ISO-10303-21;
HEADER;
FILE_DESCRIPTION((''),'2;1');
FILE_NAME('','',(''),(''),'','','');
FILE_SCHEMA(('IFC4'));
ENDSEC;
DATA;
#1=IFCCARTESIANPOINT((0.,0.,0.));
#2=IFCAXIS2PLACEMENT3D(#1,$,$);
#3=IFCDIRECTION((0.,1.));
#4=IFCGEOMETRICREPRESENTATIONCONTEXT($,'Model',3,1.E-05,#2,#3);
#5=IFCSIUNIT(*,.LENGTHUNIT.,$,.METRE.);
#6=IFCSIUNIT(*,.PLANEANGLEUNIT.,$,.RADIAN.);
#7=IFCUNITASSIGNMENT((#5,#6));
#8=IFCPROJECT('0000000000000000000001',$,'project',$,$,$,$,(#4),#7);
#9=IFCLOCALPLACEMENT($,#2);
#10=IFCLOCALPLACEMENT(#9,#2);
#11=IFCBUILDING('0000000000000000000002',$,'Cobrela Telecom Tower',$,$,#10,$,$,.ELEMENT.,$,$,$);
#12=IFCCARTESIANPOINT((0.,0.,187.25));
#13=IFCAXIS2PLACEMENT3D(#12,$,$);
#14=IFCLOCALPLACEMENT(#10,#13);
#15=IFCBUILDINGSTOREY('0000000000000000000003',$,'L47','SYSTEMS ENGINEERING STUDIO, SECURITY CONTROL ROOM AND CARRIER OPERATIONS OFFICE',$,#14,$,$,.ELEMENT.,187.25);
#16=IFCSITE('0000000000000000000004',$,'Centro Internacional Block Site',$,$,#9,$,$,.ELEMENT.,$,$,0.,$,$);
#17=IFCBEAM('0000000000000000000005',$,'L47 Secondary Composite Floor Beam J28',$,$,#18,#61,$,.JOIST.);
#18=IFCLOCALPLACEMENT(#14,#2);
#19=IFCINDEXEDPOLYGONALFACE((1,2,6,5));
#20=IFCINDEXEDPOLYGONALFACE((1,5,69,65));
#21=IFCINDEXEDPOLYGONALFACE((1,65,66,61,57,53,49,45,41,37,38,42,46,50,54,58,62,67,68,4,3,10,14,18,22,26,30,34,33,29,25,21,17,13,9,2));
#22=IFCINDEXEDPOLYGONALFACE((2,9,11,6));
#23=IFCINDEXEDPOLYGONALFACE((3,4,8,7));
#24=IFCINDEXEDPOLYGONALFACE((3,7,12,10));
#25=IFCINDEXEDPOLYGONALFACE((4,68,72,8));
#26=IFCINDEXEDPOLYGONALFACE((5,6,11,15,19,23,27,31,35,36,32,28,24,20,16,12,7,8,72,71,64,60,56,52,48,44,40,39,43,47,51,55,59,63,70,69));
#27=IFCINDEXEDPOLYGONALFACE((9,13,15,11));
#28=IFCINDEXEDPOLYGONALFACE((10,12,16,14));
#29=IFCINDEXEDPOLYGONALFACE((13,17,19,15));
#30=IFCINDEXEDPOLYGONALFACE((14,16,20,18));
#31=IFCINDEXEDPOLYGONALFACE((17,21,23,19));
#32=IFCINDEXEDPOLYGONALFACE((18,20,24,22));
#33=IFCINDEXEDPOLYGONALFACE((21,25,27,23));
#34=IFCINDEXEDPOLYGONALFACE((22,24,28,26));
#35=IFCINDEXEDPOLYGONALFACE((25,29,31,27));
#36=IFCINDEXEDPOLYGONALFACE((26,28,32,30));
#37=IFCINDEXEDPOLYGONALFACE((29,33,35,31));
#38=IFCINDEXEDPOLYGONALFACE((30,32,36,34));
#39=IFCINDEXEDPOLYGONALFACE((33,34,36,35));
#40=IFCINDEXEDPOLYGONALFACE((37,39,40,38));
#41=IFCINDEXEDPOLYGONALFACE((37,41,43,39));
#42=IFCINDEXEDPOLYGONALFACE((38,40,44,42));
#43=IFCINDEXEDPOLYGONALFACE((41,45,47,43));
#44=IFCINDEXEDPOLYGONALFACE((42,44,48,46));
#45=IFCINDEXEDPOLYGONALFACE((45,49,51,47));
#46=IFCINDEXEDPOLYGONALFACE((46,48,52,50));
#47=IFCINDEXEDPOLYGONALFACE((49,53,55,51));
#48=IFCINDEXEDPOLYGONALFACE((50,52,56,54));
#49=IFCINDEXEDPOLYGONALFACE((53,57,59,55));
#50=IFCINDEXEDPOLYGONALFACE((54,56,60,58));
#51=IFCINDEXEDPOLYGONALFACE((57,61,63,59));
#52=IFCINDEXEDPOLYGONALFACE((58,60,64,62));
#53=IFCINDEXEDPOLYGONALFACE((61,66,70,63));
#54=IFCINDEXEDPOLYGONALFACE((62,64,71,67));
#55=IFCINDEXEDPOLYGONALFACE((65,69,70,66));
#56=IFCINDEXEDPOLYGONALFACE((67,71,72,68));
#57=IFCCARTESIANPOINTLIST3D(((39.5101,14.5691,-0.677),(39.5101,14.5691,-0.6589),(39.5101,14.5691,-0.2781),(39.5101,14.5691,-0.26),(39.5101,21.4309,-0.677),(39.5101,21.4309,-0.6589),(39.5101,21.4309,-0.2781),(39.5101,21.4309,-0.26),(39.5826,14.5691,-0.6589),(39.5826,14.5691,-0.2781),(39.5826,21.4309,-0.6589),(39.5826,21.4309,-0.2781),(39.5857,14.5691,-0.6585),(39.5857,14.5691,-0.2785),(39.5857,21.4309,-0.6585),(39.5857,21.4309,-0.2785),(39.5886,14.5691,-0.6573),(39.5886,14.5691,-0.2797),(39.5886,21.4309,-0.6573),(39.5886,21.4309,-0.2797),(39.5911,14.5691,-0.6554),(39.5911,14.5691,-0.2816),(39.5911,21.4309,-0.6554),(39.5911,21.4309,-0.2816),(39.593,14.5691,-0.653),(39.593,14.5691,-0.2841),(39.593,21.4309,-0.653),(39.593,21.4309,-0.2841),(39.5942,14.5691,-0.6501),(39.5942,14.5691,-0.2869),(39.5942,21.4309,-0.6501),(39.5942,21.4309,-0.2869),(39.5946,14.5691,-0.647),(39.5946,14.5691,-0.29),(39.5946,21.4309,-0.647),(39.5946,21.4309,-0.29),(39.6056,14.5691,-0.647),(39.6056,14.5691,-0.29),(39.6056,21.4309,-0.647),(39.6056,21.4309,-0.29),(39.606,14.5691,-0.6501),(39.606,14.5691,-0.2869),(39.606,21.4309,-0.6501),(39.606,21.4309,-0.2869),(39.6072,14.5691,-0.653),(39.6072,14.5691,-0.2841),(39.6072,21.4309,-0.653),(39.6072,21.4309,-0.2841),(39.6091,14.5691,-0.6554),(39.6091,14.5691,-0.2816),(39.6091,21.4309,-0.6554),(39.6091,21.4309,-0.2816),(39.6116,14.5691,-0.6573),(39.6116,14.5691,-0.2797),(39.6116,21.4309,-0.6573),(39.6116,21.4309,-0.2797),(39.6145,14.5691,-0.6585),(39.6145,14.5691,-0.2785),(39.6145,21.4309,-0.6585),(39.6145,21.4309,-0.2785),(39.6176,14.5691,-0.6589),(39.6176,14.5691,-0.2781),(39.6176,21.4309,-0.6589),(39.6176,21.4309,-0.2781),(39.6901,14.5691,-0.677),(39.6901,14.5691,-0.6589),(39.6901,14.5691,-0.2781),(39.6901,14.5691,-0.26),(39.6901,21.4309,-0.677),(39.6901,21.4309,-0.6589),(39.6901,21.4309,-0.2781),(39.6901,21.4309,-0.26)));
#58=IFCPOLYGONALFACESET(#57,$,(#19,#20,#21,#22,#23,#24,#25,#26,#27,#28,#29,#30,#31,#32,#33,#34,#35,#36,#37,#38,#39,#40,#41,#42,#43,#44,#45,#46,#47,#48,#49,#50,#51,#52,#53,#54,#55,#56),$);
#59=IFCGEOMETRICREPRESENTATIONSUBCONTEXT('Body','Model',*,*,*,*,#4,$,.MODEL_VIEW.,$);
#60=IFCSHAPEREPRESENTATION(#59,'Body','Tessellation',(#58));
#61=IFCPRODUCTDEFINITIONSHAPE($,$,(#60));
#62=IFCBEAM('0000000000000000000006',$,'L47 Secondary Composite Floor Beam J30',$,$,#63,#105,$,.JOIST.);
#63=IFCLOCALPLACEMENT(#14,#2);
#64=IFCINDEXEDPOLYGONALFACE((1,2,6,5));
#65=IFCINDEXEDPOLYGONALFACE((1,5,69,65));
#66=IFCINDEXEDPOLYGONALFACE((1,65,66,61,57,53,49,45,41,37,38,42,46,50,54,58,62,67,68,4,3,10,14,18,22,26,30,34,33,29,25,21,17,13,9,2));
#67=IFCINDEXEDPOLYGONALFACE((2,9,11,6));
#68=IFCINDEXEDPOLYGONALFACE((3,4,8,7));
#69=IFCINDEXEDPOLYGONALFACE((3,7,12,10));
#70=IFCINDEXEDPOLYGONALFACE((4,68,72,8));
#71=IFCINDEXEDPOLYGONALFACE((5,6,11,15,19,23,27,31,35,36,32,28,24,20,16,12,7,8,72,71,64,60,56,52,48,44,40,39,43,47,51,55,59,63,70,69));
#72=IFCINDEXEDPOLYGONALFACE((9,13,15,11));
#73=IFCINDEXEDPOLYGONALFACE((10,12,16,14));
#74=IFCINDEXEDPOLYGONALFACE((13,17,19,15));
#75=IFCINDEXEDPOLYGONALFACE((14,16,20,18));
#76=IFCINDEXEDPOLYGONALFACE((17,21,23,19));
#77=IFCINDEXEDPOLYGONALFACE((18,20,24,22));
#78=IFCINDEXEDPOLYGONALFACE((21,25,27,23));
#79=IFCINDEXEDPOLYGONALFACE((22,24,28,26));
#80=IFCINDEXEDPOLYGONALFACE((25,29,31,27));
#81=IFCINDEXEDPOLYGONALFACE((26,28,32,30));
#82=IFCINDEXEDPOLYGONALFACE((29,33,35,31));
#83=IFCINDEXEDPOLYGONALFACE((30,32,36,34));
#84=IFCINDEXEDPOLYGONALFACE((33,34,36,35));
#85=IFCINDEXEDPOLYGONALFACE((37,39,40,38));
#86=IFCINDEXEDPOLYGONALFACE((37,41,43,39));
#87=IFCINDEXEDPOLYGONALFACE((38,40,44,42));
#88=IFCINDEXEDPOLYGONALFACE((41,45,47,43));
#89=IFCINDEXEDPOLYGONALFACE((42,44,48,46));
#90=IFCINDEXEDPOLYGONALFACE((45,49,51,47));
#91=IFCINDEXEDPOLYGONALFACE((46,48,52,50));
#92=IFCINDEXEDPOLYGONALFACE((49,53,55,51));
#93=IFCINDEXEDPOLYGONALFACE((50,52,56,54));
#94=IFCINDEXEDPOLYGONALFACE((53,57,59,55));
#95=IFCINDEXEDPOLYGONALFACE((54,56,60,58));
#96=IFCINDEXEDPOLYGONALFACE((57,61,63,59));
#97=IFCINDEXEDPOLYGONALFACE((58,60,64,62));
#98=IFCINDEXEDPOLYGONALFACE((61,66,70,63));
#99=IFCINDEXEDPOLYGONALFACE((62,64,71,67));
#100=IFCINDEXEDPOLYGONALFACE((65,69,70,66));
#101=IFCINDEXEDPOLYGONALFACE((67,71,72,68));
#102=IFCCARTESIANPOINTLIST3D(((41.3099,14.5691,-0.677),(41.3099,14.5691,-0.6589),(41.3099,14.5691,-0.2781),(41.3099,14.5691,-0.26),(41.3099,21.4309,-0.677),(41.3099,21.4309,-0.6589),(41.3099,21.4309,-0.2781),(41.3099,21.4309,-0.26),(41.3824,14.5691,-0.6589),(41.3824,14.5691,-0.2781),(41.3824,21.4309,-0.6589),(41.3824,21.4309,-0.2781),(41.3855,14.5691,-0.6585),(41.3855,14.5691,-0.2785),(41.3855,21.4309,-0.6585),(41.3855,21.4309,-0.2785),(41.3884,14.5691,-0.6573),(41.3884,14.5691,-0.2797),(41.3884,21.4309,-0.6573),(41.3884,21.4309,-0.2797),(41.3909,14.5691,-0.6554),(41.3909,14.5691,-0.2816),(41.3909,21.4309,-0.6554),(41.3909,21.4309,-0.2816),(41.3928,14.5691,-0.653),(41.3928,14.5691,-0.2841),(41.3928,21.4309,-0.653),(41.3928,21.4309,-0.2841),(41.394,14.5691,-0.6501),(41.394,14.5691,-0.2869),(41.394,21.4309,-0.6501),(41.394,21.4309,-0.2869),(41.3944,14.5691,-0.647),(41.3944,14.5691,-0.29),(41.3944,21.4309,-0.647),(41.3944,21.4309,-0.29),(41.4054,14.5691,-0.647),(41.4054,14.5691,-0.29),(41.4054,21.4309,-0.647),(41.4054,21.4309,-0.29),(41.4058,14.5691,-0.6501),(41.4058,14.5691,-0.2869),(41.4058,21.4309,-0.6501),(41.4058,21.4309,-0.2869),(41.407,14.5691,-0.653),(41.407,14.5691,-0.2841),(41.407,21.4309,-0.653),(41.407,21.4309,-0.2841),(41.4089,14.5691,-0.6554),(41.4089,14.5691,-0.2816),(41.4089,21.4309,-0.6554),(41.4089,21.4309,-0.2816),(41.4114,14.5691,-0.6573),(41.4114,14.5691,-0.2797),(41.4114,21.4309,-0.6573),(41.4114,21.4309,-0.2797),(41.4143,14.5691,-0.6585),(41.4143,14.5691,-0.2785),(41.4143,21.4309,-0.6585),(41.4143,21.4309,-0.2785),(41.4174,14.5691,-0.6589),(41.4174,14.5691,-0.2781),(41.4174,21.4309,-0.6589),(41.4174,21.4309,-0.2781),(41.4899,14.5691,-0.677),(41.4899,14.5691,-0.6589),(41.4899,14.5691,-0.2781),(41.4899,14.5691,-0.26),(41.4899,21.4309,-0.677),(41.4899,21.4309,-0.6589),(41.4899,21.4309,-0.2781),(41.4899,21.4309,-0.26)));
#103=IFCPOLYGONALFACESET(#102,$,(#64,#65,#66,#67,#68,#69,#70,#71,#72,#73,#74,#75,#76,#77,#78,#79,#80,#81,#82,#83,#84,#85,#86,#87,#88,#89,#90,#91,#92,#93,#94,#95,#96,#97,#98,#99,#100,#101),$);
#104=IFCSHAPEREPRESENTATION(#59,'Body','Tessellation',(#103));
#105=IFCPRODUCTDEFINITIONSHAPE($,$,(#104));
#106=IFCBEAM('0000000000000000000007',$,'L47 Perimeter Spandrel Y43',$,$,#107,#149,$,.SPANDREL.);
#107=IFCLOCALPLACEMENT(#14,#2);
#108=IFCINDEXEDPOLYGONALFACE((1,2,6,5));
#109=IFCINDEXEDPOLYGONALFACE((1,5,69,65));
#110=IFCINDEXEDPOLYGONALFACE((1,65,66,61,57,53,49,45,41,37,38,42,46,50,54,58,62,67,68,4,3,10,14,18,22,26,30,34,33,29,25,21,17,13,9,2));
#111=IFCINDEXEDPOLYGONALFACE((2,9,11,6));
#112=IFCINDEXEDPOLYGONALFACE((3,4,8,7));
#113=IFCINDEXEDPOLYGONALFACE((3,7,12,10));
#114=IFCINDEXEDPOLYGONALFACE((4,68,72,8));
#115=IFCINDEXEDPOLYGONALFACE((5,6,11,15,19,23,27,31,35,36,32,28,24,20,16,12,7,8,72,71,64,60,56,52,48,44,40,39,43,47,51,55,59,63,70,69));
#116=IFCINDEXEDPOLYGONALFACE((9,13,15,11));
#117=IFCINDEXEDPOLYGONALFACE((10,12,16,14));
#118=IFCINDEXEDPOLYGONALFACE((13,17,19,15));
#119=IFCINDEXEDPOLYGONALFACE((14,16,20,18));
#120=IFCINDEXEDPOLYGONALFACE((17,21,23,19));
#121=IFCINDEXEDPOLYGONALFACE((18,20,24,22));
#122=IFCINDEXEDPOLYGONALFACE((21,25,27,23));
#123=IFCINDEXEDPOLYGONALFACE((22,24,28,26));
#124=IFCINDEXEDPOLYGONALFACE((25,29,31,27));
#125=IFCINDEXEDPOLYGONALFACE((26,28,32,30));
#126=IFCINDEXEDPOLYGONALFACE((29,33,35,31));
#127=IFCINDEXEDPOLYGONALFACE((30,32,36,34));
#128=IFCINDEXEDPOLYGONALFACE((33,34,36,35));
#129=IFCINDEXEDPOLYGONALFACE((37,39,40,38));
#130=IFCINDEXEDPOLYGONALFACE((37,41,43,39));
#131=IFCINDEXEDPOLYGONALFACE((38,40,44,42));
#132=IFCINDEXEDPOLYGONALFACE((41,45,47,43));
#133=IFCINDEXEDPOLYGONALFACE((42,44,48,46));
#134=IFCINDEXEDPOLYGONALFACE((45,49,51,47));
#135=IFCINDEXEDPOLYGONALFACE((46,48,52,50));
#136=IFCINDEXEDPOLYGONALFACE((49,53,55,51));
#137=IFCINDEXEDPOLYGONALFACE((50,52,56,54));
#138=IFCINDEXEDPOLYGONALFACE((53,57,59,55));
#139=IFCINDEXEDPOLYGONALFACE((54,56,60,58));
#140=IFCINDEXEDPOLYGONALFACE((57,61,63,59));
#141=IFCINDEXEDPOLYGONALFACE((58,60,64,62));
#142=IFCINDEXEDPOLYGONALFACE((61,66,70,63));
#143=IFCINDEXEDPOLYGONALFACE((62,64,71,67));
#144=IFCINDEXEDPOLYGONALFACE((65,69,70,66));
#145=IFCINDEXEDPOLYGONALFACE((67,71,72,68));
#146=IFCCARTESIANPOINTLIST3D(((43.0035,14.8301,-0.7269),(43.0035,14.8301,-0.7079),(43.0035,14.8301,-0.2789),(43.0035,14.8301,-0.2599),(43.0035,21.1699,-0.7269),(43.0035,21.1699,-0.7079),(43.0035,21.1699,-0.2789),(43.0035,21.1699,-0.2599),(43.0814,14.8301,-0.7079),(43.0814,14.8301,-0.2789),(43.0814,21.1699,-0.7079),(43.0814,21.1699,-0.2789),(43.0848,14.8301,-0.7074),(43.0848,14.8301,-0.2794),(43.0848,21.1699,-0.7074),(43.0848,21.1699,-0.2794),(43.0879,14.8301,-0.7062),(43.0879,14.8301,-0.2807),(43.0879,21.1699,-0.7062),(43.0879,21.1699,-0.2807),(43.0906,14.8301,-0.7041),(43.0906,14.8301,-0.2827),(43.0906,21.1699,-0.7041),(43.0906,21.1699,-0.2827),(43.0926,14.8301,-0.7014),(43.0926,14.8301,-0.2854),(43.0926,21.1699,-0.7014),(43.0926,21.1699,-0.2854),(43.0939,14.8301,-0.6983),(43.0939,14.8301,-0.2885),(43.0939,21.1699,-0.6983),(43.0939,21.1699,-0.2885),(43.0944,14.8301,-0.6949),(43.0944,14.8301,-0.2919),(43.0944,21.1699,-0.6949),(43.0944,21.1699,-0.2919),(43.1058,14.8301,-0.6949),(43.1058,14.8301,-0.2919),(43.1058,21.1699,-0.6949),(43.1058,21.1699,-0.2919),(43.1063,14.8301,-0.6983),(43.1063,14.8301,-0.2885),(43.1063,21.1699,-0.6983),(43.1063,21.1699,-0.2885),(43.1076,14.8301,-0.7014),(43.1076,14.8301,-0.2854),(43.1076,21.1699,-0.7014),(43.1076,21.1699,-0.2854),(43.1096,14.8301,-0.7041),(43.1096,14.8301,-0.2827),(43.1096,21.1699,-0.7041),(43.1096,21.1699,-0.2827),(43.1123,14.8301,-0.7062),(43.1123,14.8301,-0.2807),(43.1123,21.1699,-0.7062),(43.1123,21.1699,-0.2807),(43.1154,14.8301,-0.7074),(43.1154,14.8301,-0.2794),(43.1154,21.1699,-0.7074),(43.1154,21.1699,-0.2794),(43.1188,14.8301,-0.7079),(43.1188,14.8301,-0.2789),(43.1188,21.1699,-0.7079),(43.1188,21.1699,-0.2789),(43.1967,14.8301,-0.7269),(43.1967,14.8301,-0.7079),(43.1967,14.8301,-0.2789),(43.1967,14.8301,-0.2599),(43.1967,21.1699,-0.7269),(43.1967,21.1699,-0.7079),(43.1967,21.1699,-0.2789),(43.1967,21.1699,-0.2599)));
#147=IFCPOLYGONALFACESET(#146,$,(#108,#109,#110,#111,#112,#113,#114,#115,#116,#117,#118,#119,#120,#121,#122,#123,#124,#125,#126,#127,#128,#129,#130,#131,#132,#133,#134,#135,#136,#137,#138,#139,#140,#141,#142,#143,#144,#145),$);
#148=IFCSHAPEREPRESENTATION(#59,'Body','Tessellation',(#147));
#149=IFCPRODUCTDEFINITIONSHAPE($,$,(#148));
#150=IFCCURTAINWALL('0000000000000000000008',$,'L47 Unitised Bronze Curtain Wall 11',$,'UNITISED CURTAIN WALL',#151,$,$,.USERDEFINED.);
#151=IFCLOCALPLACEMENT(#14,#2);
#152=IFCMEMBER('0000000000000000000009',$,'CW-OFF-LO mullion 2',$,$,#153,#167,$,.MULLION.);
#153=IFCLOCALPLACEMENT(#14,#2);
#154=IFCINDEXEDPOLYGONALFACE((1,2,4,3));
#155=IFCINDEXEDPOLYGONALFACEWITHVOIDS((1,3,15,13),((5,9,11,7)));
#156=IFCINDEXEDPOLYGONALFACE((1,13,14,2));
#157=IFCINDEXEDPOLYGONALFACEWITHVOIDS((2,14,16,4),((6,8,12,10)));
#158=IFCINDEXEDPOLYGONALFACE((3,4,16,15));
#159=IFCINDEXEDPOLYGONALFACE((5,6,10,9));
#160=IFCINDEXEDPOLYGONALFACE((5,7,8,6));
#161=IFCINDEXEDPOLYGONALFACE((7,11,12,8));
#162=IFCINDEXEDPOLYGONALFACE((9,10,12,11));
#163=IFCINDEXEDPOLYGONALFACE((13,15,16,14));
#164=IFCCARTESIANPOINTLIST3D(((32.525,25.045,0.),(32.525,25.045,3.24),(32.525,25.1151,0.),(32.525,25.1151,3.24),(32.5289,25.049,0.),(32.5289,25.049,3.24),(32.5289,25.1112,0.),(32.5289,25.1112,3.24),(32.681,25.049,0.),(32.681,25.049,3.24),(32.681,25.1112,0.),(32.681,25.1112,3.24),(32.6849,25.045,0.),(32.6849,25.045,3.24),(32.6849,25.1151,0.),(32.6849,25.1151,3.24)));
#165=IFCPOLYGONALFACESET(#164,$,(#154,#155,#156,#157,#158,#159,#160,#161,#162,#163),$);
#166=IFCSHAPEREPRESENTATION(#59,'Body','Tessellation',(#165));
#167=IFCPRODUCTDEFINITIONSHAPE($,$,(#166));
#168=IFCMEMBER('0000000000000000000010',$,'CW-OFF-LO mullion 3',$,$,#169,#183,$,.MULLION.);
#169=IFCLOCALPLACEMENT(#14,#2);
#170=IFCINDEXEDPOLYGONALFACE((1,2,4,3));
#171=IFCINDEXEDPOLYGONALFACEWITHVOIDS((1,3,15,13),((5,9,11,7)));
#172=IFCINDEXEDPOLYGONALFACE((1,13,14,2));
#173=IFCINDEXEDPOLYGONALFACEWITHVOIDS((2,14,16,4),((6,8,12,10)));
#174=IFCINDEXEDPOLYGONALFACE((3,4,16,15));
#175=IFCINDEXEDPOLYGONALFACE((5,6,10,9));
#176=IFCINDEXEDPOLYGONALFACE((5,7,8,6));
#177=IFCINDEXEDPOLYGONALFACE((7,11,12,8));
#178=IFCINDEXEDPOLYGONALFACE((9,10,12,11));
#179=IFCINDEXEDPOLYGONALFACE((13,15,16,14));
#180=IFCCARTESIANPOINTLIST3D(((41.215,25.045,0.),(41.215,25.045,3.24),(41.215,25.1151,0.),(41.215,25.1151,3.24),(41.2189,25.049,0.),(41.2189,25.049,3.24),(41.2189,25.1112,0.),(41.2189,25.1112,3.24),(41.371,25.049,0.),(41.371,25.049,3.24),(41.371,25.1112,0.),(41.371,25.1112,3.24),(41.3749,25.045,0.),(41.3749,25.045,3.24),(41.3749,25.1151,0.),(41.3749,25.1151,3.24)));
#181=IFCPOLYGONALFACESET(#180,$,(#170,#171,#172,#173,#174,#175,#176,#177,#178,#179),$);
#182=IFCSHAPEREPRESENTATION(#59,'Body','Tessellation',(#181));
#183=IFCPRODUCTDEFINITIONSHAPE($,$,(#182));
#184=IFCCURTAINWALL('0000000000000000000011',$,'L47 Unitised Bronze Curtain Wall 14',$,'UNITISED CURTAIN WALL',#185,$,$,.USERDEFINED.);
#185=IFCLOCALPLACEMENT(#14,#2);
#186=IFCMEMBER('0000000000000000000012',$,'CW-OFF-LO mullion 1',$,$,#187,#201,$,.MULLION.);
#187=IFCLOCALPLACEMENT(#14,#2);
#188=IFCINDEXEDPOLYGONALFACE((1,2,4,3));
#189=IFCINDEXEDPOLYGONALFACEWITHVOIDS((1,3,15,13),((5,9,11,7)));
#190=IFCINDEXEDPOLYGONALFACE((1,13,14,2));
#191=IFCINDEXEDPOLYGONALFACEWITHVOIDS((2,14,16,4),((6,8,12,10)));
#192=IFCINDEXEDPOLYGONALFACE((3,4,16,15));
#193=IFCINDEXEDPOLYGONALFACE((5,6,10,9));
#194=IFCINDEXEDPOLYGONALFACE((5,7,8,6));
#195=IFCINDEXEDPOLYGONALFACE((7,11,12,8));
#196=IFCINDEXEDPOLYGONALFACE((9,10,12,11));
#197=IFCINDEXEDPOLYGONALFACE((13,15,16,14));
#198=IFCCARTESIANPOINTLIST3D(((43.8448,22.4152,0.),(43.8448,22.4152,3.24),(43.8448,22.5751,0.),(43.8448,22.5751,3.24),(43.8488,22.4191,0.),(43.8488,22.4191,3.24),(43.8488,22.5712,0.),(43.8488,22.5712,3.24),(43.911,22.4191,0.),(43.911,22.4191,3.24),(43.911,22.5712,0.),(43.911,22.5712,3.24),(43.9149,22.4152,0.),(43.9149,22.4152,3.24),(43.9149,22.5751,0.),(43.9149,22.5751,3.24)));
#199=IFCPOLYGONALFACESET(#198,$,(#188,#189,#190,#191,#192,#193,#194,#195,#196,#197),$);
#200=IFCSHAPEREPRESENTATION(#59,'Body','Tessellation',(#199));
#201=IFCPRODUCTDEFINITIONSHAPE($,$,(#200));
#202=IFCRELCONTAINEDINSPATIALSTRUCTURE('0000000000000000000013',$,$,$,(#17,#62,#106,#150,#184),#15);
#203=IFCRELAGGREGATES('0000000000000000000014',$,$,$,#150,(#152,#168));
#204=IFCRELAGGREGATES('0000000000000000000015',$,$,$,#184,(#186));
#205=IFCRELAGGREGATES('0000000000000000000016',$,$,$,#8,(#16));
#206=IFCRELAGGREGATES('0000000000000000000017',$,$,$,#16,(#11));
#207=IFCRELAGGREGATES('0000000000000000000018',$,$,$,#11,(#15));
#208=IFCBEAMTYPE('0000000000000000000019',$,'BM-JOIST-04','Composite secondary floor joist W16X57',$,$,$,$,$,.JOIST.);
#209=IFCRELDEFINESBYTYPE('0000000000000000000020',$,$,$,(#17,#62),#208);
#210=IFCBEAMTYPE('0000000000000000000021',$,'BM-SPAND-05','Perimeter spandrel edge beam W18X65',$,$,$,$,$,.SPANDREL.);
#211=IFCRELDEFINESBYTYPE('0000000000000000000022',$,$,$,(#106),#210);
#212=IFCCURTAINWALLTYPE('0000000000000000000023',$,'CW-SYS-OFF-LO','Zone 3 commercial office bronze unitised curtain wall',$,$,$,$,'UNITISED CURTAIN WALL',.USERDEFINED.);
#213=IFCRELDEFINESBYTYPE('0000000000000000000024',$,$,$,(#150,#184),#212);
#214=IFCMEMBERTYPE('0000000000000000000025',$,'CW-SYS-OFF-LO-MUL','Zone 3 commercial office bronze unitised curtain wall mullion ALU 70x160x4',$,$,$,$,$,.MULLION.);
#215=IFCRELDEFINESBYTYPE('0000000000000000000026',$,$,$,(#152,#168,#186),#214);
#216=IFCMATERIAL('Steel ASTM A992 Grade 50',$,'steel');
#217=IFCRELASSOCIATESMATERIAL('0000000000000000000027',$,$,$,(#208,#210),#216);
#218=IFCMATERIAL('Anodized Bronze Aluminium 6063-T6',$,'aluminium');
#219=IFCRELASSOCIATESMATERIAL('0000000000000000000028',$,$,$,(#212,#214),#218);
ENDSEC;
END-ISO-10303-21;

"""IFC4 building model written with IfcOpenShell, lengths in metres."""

from ifc_helpers import new_model, si_unit, direction, frame, origin, origin_2d, place, context, subcontext, project, spatial, hollow_rectangle, i_section, extrude, material, material_profile, profile_set, type_object, element, aggregate, save


model = new_model("IFC4")

# Units and contexts
model_context = context("Model", 3, precision=1e-05, world=origin(), true_north=direction((0.0, 1.0)))
body_context = subcontext(model_context, "Body", "Model", "MODEL_VIEW")
ifc_project = project(units=[si_unit("LENGTHUNIT", "METRE"), si_unit("PLANEANGLEUNIT", "RADIAN")], contexts=[model_context])

# Site, building, storey
site_placement = place(None, origin())
site = spatial("IfcSite", under=ifc_project, at=site_placement, Name="Centro Internacional Block Site", CompositionType="ELEMENT", RefElevation=0.0)
building_placement = place(site_placement, origin())
building = spatial("IfcBuilding", under=site, at=building_placement, Name="Cobrela Telecom Tower", CompositionType="ELEMENT")
storey_placement = place(building_placement, frame((0.0, 0.0, 187.25)))
storey = spatial("IfcBuildingStorey", under=building, at=storey_placement, Name="L47", Description="SYSTEMS ENGINEERING STUDIO, SECURITY CONTROL ROOM AND CARRIER OPERATIONS OFFICE", CompositionType="ELEMENT", Elevation=187.25)

# Shared definitions
ifc_material_1 = material(Name="Steel ASTM A992 Grade 50", Category="steel")

# Beams
ifc_material_profile_1 = material_profile(ifc_material_1, i_section(OverallWidth=0.1799, OverallDepth=0.417, WebThickness=0.011, FlangeThickness=0.0181, FilletRadius=0.012, at=origin_2d()), Name="W16X57")
ifc_profile_set_1 = profile_set([ifc_material_profile_1], Name="Steel ASTM A992 Grade 50")
beam_type_1 = type_object("IfcBeamType", Name="BM-JOIST-04", Description="Composite secondary floor joist W16X57", PredefinedType="JOIST", material=ifc_profile_set_1)
for number, where, z_axis, x_axis, name in (
    (1, (39.6001, 14.5691, -0.4685), (0.0, 1.0, 0.0), (-1.0, 0.0, 0.0), "L47 Secondary Composite Floor Beam J28"),
    (2, (41.3999, 14.5691, -0.4685), (0.0, 1.0, 0.0), (-1.0, 0.0, 0.0), "L47 Secondary Composite Floor Beam J30"),
):
    element("IfcBeam", number, at=place(storey_placement, frame(where, z_axis=z_axis, x_axis=x_axis)), inside=storey, type_object=beam_type_1, Name=name, PredefinedType="JOIST", context=body_context, shape_type="SweptSolid", body=[
        extrude(i_section(OverallWidth=0.1799, OverallDepth=0.417, WebThickness=0.011, FlangeThickness=0.0181, FilletRadius=0.012, at=origin_2d()), origin(), (0.0, 0.0, 1.0), 6.8618),
    ])
ifc_material_profile_2 = material_profile(ifc_material_1, i_section(OverallWidth=0.1931, OverallDepth=0.467, WebThickness=0.0115, FlangeThickness=0.019, FilletRadius=0.0129, at=origin_2d()), Name="W18X65")
ifc_profile_set_2 = profile_set([ifc_material_profile_2], Name="Steel ASTM A992 Grade 50")
beam_type_2 = type_object("IfcBeamType", Name="BM-SPAND-05", Description="Perimeter spandrel edge beam W18X65", PredefinedType="SPANDREL", material=ifc_profile_set_2)
beam_1_placement = place(storey_placement, frame((43.1001, 14.8301, -0.4934), z_axis=(0.0, 1.0, 0.0), x_axis=(-1.0, 0.0, 0.0)))
element("IfcBeam", 3, at=beam_1_placement, inside=storey, type_object=beam_type_2, Name="L47 Perimeter Spandrel Y43", PredefinedType="SPANDREL", context=body_context, shape_type="SweptSolid", body=[
    extrude(i_section(OverallWidth=0.1931, OverallDepth=0.467, WebThickness=0.0115, FlangeThickness=0.019, FilletRadius=0.0129, at=origin_2d()), origin(), (0.0, 0.0, 1.0), 6.3398),
])

# Curtain wall, members
ifc_material_2 = material(Name="Anodized Bronze Aluminium 6063-T6", Category="aluminium")
curtain_wall_type = type_object("IfcCurtainWallType", Name="CW-SYS-OFF-LO", Description="Zone 3 commercial office bronze unitised curtain wall", ElementType="UNITISED CURTAIN WALL", PredefinedType="USERDEFINED", material=ifc_material_2)
curtain_wall_1_placement = place(storey_placement, origin())
curtain_wall_1 = element("IfcCurtainWall", 4, at=curtain_wall_1_placement, inside=storey, type_object=curtain_wall_type, Name="L47 Unitised Bronze Curtain Wall 11", ObjectType="UNITISED CURTAIN WALL", PredefinedType="USERDEFINED")
ifc_material_profile_3 = material_profile(ifc_material_2, hollow_rectangle(XDim=0.0701, YDim=0.1599, WallThickness=0.0039, at=origin_2d()), Name="ALU 70x160x4")
ifc_profile_set_3 = profile_set([ifc_material_profile_3], Name="Anodized Bronze Aluminium 6063-T6")
member_type_1 = type_object("IfcMemberType", Name="CW-SYS-OFF-LO-MUL", Description="Zone 3 commercial office bronze unitised curtain wall mullion ALU 70x160x4", PredefinedType="MULLION", material=ifc_profile_set_3)
member_1_placement = place(storey_placement, frame((32.605, 25.0801, 0.0), z_axis=(0.0, 0.0, 1.0), x_axis=(0.0, 1.0, 0.0)))
member_1 = element("IfcMember", 5, at=member_1_placement, type_object=member_type_1, Name="CW-OFF-LO mullion 2", PredefinedType="MULLION", context=body_context, shape_type="SweptSolid", body=[
    extrude(hollow_rectangle(XDim=0.0701, YDim=0.1599, WallThickness=0.0039, at=origin_2d()), origin(), (0.0, 0.0, 1.0), 3.24),
])
member_2_placement = place(storey_placement, frame((41.2949, 25.0801, 0.0), z_axis=(0.0, 0.0, 1.0), x_axis=(0.0, 1.0, 0.0)))
member_2 = element("IfcMember", 6, at=member_2_placement, type_object=member_type_1, Name="CW-OFF-LO mullion 3", PredefinedType="MULLION", context=body_context, shape_type="SweptSolid", body=[
    extrude(hollow_rectangle(XDim=0.0701, YDim=0.1599, WallThickness=0.0039, at=origin_2d()), origin(), (0.0, 0.0, 1.0), 3.24),
])

# Curtain wall, member
curtain_wall_2_placement = place(storey_placement, origin())
curtain_wall_2 = element("IfcCurtainWall", 7, at=curtain_wall_2_placement, inside=storey, type_object=curtain_wall_type, Name="L47 Unitised Bronze Curtain Wall 14", ObjectType="UNITISED CURTAIN WALL", PredefinedType="USERDEFINED")
member_3_placement = place(storey_placement, frame((43.8799, 22.4951, 0.0), z_axis=(0.0, 0.0, 1.0), x_axis=(1.0, 0.0, 0.0)))
member_3 = element("IfcMember", 8, at=member_3_placement, type_object=member_type_1, Name="CW-OFF-LO mullion 1", PredefinedType="MULLION", context=body_context, shape_type="SweptSolid", body=[
    extrude(hollow_rectangle(XDim=0.0701, YDim=0.1599, WallThickness=0.0039, at=origin_2d()), origin(), (0.0, 0.0, 1.0), 3.24),
])

aggregate(curtain_wall_1, [member_1, member_2])
aggregate(curtain_wall_2, [member_3])

save(model, "model.ifc")
